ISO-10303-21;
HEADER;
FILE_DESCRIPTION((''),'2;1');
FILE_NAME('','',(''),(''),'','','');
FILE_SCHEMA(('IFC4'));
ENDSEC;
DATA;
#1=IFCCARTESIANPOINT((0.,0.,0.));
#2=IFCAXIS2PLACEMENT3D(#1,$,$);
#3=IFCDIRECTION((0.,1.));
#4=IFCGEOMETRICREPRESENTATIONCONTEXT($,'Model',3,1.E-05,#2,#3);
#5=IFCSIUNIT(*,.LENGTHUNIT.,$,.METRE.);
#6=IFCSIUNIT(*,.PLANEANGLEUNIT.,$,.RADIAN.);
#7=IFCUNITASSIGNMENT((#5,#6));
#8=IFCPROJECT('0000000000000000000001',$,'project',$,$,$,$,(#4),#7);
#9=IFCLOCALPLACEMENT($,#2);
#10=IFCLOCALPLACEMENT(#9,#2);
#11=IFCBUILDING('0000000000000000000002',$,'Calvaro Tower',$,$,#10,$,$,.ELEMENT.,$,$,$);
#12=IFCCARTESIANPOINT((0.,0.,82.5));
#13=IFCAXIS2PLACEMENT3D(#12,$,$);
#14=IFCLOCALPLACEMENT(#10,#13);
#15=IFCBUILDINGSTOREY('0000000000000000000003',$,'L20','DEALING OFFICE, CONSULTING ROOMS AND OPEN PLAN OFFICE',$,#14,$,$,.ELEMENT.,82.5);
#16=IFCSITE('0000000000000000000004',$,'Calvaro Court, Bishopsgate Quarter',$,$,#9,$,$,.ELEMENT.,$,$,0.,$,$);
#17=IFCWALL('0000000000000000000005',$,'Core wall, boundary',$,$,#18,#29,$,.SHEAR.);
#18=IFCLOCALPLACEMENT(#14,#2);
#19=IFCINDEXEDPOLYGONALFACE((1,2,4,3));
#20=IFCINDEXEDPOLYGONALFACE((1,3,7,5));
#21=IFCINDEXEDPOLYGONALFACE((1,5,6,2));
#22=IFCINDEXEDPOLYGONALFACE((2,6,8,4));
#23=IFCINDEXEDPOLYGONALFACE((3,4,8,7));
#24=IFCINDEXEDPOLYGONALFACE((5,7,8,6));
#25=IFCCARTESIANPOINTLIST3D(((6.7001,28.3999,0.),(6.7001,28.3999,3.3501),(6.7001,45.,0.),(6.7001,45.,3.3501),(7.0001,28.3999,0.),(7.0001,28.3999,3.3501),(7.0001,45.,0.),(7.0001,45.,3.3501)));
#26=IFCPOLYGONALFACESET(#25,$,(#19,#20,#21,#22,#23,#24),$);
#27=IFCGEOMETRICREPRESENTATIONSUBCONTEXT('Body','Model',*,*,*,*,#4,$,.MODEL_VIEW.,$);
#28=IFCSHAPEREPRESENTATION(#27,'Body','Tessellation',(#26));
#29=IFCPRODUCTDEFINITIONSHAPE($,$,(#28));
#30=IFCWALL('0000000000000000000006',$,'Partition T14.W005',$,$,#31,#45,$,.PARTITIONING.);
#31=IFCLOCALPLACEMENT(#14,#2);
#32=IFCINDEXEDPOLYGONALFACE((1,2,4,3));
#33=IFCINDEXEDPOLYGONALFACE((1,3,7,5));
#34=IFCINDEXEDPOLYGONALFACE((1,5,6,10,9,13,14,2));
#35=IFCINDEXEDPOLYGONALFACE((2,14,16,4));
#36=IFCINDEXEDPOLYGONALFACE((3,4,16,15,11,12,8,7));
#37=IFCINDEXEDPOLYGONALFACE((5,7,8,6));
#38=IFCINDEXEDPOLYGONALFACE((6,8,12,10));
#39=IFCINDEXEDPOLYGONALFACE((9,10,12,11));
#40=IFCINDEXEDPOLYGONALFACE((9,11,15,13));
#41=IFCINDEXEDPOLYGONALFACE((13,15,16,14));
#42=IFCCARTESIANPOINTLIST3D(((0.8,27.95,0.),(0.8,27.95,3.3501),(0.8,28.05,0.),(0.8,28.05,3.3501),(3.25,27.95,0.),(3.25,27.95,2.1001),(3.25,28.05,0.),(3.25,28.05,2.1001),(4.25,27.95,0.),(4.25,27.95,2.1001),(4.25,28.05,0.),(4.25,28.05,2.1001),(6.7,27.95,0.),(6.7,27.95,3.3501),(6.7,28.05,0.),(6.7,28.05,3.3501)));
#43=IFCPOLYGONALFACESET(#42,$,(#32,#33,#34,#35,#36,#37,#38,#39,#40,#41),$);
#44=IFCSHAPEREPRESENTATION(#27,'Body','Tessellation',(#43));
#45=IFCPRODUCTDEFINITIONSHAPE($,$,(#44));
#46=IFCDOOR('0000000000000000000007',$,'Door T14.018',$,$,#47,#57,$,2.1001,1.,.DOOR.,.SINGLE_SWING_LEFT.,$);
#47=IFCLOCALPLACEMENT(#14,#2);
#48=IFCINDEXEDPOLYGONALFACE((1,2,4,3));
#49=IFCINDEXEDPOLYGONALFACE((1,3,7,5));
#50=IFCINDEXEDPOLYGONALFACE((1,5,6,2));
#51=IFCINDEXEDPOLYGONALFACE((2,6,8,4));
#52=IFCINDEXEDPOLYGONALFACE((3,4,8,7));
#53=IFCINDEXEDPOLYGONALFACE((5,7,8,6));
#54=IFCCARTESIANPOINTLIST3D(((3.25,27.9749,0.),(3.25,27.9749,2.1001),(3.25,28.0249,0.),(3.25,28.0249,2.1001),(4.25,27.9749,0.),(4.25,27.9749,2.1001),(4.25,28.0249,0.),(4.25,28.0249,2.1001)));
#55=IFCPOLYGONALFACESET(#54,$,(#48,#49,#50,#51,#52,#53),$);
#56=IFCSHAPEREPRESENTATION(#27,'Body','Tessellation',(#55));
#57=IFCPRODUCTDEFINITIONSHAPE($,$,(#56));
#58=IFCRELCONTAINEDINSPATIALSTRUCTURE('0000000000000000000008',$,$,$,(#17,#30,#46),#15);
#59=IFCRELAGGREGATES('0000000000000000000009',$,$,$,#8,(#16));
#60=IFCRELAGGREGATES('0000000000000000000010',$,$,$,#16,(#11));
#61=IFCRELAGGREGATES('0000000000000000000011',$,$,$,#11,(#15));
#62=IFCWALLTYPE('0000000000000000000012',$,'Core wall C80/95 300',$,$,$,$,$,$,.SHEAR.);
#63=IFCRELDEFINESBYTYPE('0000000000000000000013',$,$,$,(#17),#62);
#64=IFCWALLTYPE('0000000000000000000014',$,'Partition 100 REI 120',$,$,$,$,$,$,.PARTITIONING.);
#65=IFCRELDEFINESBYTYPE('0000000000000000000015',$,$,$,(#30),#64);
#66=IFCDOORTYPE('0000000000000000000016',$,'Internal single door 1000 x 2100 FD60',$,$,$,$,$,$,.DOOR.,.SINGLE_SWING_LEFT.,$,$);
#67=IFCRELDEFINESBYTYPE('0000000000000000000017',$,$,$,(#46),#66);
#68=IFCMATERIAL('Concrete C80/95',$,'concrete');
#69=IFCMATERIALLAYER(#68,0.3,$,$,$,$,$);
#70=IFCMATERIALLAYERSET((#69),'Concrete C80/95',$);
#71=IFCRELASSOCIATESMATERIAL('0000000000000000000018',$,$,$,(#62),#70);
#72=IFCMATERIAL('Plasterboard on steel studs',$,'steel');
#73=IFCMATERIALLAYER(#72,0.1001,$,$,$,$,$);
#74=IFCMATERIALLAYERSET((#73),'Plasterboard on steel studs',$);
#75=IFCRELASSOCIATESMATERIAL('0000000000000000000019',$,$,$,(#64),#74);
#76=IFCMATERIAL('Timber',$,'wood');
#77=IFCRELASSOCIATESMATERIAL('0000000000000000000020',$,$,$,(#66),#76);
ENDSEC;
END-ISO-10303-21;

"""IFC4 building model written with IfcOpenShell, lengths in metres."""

from ifc_helpers import new_model, si_unit, direction, frame, frame_2d, origin, place, context, subcontext, project, spatial, rectangle, extrude, material, layer, layer_set, type_object, element, fill, save


model = new_model("IFC4")

# Units and contexts
model_context = context("Model", 3, precision=1e-05, world=origin(), true_north=direction((0.0, 1.0)))
body_context = subcontext(model_context, "Body", "Model", "MODEL_VIEW")
ifc_project = project(units=[si_unit("LENGTHUNIT", "METRE"), si_unit("PLANEANGLEUNIT", "RADIAN")], contexts=[model_context])

# Site, building, storey
site_placement = place(None, origin())
site = spatial("IfcSite", under=ifc_project, at=site_placement, Name="Calvaro Court, Bishopsgate Quarter", CompositionType="ELEMENT", RefElevation=0.0)
building_placement = place(site_placement, origin())
building = spatial("IfcBuilding", under=site, at=building_placement, Name="Calvaro Tower", CompositionType="ELEMENT")
storey_placement = place(building_placement, frame((0.0, 0.0, 82.5)))
storey = spatial("IfcBuildingStorey", under=building, at=storey_placement, Name="L20", Description="DEALING OFFICE, CONSULTING ROOMS AND OPEN PLAN OFFICE", CompositionType="ELEMENT", Elevation=82.5)

# Wall
ifc_material_1 = material(Name="Concrete C80/95", Category="concrete")
ifc_layer_1 = layer(ifc_material_1, 0.3)
ifc_layer_set_1 = layer_set([ifc_layer_1], Name="Concrete C80/95")
wall_type_1 = type_object("IfcWallType", Name="Core wall C80/95 300", PredefinedType="SHEAR", material=ifc_layer_set_1)
wall_1_placement = place(storey_placement, frame((6.8501, 28.3999, 0.0), z_axis=(0.0, 0.0, 1.0), x_axis=(0.0, 1.0, 0.0)))
element("IfcWall", 1, at=wall_1_placement, inside=storey, type_object=wall_type_1, Name="Core wall, boundary", PredefinedType="SHEAR", context=body_context, shape_type="SweptSolid", body=[
    extrude(rectangle(XDim=16.6001, YDim=0.3, at=frame_2d((8.3, 0.0))), origin(), (0.0, 0.0, 1.0), 3.3501),
])

# Wall, opening, door
ifc_material_2 = material(Name="Plasterboard on steel studs", Category="steel")
ifc_layer_2 = layer(ifc_material_2, 0.1001)
ifc_layer_set_2 = layer_set([ifc_layer_2], Name="Plasterboard on steel studs")
wall_type_2 = type_object("IfcWallType", Name="Partition 100 REI 120", PredefinedType="PARTITIONING", material=ifc_layer_set_2)
wall_2_placement = place(storey_placement, frame((0.8, 28.0, 0.0), z_axis=(0.0, 0.0, 1.0), x_axis=(1.0, 0.0, 0.0)))
wall_2 = element("IfcWall", 2, at=wall_2_placement, inside=storey, type_object=wall_type_2, Name="Partition T14.W005", PredefinedType="PARTITIONING", context=body_context, shape_type="SweptSolid", body=[
    extrude(rectangle(XDim=5.8999, YDim=0.1001, at=frame_2d((2.95, 0.0))), origin(), (0.0, 0.0, 1.0), 3.3501),
])
opening_1_placement = place(wall_2_placement, frame((2.45, 0.0, 0.0)))
opening_1 = element("IfcOpeningElement", 3, at=opening_1_placement, cuts=wall_2, PredefinedType="OPENING", context=body_context, shape_type="SweptSolid", body=[
    extrude(rectangle(XDim=1.0, YDim=2.1001, at=frame_2d((0.5, 1.05))), frame((0.0, 0.0601, 0.0), z_axis=(0.0, -1.0, 0.0), x_axis=(1.0, 0.0, 0.0)), (0.0, 0.0, 1.0), 0.1201),
])
ifc_material_3 = material(Name="Timber", Category="wood")
door_type_1 = type_object("IfcDoorType", Name="Internal single door 1000 x 2100 FD60", OperationType="SINGLE_SWING_LEFT", PredefinedType="DOOR", material=ifc_material_3)
door_1_placement = place(opening_1_placement, origin())
door_1 = element("IfcDoor", 4, at=door_1_placement, inside=storey, type_object=door_type_1, Name="Door T14.018", OperationType="SINGLE_SWING_LEFT", OverallHeight=2.1001, OverallWidth=1.0, PredefinedType="DOOR", context=body_context, shape_type="SweptSolid", body=[
    extrude(rectangle(XDim=1.0, YDim=2.1001, at=frame_2d((0.5, 1.05))), frame((0.0, 0.0249, 0.0), z_axis=(0.0, -1.0, 0.0), x_axis=(1.0, 0.0, 0.0)), (0.0, 0.0, 1.0), 0.05),
])
fill(opening_1, door_1)

save(model, "model.ifc")
